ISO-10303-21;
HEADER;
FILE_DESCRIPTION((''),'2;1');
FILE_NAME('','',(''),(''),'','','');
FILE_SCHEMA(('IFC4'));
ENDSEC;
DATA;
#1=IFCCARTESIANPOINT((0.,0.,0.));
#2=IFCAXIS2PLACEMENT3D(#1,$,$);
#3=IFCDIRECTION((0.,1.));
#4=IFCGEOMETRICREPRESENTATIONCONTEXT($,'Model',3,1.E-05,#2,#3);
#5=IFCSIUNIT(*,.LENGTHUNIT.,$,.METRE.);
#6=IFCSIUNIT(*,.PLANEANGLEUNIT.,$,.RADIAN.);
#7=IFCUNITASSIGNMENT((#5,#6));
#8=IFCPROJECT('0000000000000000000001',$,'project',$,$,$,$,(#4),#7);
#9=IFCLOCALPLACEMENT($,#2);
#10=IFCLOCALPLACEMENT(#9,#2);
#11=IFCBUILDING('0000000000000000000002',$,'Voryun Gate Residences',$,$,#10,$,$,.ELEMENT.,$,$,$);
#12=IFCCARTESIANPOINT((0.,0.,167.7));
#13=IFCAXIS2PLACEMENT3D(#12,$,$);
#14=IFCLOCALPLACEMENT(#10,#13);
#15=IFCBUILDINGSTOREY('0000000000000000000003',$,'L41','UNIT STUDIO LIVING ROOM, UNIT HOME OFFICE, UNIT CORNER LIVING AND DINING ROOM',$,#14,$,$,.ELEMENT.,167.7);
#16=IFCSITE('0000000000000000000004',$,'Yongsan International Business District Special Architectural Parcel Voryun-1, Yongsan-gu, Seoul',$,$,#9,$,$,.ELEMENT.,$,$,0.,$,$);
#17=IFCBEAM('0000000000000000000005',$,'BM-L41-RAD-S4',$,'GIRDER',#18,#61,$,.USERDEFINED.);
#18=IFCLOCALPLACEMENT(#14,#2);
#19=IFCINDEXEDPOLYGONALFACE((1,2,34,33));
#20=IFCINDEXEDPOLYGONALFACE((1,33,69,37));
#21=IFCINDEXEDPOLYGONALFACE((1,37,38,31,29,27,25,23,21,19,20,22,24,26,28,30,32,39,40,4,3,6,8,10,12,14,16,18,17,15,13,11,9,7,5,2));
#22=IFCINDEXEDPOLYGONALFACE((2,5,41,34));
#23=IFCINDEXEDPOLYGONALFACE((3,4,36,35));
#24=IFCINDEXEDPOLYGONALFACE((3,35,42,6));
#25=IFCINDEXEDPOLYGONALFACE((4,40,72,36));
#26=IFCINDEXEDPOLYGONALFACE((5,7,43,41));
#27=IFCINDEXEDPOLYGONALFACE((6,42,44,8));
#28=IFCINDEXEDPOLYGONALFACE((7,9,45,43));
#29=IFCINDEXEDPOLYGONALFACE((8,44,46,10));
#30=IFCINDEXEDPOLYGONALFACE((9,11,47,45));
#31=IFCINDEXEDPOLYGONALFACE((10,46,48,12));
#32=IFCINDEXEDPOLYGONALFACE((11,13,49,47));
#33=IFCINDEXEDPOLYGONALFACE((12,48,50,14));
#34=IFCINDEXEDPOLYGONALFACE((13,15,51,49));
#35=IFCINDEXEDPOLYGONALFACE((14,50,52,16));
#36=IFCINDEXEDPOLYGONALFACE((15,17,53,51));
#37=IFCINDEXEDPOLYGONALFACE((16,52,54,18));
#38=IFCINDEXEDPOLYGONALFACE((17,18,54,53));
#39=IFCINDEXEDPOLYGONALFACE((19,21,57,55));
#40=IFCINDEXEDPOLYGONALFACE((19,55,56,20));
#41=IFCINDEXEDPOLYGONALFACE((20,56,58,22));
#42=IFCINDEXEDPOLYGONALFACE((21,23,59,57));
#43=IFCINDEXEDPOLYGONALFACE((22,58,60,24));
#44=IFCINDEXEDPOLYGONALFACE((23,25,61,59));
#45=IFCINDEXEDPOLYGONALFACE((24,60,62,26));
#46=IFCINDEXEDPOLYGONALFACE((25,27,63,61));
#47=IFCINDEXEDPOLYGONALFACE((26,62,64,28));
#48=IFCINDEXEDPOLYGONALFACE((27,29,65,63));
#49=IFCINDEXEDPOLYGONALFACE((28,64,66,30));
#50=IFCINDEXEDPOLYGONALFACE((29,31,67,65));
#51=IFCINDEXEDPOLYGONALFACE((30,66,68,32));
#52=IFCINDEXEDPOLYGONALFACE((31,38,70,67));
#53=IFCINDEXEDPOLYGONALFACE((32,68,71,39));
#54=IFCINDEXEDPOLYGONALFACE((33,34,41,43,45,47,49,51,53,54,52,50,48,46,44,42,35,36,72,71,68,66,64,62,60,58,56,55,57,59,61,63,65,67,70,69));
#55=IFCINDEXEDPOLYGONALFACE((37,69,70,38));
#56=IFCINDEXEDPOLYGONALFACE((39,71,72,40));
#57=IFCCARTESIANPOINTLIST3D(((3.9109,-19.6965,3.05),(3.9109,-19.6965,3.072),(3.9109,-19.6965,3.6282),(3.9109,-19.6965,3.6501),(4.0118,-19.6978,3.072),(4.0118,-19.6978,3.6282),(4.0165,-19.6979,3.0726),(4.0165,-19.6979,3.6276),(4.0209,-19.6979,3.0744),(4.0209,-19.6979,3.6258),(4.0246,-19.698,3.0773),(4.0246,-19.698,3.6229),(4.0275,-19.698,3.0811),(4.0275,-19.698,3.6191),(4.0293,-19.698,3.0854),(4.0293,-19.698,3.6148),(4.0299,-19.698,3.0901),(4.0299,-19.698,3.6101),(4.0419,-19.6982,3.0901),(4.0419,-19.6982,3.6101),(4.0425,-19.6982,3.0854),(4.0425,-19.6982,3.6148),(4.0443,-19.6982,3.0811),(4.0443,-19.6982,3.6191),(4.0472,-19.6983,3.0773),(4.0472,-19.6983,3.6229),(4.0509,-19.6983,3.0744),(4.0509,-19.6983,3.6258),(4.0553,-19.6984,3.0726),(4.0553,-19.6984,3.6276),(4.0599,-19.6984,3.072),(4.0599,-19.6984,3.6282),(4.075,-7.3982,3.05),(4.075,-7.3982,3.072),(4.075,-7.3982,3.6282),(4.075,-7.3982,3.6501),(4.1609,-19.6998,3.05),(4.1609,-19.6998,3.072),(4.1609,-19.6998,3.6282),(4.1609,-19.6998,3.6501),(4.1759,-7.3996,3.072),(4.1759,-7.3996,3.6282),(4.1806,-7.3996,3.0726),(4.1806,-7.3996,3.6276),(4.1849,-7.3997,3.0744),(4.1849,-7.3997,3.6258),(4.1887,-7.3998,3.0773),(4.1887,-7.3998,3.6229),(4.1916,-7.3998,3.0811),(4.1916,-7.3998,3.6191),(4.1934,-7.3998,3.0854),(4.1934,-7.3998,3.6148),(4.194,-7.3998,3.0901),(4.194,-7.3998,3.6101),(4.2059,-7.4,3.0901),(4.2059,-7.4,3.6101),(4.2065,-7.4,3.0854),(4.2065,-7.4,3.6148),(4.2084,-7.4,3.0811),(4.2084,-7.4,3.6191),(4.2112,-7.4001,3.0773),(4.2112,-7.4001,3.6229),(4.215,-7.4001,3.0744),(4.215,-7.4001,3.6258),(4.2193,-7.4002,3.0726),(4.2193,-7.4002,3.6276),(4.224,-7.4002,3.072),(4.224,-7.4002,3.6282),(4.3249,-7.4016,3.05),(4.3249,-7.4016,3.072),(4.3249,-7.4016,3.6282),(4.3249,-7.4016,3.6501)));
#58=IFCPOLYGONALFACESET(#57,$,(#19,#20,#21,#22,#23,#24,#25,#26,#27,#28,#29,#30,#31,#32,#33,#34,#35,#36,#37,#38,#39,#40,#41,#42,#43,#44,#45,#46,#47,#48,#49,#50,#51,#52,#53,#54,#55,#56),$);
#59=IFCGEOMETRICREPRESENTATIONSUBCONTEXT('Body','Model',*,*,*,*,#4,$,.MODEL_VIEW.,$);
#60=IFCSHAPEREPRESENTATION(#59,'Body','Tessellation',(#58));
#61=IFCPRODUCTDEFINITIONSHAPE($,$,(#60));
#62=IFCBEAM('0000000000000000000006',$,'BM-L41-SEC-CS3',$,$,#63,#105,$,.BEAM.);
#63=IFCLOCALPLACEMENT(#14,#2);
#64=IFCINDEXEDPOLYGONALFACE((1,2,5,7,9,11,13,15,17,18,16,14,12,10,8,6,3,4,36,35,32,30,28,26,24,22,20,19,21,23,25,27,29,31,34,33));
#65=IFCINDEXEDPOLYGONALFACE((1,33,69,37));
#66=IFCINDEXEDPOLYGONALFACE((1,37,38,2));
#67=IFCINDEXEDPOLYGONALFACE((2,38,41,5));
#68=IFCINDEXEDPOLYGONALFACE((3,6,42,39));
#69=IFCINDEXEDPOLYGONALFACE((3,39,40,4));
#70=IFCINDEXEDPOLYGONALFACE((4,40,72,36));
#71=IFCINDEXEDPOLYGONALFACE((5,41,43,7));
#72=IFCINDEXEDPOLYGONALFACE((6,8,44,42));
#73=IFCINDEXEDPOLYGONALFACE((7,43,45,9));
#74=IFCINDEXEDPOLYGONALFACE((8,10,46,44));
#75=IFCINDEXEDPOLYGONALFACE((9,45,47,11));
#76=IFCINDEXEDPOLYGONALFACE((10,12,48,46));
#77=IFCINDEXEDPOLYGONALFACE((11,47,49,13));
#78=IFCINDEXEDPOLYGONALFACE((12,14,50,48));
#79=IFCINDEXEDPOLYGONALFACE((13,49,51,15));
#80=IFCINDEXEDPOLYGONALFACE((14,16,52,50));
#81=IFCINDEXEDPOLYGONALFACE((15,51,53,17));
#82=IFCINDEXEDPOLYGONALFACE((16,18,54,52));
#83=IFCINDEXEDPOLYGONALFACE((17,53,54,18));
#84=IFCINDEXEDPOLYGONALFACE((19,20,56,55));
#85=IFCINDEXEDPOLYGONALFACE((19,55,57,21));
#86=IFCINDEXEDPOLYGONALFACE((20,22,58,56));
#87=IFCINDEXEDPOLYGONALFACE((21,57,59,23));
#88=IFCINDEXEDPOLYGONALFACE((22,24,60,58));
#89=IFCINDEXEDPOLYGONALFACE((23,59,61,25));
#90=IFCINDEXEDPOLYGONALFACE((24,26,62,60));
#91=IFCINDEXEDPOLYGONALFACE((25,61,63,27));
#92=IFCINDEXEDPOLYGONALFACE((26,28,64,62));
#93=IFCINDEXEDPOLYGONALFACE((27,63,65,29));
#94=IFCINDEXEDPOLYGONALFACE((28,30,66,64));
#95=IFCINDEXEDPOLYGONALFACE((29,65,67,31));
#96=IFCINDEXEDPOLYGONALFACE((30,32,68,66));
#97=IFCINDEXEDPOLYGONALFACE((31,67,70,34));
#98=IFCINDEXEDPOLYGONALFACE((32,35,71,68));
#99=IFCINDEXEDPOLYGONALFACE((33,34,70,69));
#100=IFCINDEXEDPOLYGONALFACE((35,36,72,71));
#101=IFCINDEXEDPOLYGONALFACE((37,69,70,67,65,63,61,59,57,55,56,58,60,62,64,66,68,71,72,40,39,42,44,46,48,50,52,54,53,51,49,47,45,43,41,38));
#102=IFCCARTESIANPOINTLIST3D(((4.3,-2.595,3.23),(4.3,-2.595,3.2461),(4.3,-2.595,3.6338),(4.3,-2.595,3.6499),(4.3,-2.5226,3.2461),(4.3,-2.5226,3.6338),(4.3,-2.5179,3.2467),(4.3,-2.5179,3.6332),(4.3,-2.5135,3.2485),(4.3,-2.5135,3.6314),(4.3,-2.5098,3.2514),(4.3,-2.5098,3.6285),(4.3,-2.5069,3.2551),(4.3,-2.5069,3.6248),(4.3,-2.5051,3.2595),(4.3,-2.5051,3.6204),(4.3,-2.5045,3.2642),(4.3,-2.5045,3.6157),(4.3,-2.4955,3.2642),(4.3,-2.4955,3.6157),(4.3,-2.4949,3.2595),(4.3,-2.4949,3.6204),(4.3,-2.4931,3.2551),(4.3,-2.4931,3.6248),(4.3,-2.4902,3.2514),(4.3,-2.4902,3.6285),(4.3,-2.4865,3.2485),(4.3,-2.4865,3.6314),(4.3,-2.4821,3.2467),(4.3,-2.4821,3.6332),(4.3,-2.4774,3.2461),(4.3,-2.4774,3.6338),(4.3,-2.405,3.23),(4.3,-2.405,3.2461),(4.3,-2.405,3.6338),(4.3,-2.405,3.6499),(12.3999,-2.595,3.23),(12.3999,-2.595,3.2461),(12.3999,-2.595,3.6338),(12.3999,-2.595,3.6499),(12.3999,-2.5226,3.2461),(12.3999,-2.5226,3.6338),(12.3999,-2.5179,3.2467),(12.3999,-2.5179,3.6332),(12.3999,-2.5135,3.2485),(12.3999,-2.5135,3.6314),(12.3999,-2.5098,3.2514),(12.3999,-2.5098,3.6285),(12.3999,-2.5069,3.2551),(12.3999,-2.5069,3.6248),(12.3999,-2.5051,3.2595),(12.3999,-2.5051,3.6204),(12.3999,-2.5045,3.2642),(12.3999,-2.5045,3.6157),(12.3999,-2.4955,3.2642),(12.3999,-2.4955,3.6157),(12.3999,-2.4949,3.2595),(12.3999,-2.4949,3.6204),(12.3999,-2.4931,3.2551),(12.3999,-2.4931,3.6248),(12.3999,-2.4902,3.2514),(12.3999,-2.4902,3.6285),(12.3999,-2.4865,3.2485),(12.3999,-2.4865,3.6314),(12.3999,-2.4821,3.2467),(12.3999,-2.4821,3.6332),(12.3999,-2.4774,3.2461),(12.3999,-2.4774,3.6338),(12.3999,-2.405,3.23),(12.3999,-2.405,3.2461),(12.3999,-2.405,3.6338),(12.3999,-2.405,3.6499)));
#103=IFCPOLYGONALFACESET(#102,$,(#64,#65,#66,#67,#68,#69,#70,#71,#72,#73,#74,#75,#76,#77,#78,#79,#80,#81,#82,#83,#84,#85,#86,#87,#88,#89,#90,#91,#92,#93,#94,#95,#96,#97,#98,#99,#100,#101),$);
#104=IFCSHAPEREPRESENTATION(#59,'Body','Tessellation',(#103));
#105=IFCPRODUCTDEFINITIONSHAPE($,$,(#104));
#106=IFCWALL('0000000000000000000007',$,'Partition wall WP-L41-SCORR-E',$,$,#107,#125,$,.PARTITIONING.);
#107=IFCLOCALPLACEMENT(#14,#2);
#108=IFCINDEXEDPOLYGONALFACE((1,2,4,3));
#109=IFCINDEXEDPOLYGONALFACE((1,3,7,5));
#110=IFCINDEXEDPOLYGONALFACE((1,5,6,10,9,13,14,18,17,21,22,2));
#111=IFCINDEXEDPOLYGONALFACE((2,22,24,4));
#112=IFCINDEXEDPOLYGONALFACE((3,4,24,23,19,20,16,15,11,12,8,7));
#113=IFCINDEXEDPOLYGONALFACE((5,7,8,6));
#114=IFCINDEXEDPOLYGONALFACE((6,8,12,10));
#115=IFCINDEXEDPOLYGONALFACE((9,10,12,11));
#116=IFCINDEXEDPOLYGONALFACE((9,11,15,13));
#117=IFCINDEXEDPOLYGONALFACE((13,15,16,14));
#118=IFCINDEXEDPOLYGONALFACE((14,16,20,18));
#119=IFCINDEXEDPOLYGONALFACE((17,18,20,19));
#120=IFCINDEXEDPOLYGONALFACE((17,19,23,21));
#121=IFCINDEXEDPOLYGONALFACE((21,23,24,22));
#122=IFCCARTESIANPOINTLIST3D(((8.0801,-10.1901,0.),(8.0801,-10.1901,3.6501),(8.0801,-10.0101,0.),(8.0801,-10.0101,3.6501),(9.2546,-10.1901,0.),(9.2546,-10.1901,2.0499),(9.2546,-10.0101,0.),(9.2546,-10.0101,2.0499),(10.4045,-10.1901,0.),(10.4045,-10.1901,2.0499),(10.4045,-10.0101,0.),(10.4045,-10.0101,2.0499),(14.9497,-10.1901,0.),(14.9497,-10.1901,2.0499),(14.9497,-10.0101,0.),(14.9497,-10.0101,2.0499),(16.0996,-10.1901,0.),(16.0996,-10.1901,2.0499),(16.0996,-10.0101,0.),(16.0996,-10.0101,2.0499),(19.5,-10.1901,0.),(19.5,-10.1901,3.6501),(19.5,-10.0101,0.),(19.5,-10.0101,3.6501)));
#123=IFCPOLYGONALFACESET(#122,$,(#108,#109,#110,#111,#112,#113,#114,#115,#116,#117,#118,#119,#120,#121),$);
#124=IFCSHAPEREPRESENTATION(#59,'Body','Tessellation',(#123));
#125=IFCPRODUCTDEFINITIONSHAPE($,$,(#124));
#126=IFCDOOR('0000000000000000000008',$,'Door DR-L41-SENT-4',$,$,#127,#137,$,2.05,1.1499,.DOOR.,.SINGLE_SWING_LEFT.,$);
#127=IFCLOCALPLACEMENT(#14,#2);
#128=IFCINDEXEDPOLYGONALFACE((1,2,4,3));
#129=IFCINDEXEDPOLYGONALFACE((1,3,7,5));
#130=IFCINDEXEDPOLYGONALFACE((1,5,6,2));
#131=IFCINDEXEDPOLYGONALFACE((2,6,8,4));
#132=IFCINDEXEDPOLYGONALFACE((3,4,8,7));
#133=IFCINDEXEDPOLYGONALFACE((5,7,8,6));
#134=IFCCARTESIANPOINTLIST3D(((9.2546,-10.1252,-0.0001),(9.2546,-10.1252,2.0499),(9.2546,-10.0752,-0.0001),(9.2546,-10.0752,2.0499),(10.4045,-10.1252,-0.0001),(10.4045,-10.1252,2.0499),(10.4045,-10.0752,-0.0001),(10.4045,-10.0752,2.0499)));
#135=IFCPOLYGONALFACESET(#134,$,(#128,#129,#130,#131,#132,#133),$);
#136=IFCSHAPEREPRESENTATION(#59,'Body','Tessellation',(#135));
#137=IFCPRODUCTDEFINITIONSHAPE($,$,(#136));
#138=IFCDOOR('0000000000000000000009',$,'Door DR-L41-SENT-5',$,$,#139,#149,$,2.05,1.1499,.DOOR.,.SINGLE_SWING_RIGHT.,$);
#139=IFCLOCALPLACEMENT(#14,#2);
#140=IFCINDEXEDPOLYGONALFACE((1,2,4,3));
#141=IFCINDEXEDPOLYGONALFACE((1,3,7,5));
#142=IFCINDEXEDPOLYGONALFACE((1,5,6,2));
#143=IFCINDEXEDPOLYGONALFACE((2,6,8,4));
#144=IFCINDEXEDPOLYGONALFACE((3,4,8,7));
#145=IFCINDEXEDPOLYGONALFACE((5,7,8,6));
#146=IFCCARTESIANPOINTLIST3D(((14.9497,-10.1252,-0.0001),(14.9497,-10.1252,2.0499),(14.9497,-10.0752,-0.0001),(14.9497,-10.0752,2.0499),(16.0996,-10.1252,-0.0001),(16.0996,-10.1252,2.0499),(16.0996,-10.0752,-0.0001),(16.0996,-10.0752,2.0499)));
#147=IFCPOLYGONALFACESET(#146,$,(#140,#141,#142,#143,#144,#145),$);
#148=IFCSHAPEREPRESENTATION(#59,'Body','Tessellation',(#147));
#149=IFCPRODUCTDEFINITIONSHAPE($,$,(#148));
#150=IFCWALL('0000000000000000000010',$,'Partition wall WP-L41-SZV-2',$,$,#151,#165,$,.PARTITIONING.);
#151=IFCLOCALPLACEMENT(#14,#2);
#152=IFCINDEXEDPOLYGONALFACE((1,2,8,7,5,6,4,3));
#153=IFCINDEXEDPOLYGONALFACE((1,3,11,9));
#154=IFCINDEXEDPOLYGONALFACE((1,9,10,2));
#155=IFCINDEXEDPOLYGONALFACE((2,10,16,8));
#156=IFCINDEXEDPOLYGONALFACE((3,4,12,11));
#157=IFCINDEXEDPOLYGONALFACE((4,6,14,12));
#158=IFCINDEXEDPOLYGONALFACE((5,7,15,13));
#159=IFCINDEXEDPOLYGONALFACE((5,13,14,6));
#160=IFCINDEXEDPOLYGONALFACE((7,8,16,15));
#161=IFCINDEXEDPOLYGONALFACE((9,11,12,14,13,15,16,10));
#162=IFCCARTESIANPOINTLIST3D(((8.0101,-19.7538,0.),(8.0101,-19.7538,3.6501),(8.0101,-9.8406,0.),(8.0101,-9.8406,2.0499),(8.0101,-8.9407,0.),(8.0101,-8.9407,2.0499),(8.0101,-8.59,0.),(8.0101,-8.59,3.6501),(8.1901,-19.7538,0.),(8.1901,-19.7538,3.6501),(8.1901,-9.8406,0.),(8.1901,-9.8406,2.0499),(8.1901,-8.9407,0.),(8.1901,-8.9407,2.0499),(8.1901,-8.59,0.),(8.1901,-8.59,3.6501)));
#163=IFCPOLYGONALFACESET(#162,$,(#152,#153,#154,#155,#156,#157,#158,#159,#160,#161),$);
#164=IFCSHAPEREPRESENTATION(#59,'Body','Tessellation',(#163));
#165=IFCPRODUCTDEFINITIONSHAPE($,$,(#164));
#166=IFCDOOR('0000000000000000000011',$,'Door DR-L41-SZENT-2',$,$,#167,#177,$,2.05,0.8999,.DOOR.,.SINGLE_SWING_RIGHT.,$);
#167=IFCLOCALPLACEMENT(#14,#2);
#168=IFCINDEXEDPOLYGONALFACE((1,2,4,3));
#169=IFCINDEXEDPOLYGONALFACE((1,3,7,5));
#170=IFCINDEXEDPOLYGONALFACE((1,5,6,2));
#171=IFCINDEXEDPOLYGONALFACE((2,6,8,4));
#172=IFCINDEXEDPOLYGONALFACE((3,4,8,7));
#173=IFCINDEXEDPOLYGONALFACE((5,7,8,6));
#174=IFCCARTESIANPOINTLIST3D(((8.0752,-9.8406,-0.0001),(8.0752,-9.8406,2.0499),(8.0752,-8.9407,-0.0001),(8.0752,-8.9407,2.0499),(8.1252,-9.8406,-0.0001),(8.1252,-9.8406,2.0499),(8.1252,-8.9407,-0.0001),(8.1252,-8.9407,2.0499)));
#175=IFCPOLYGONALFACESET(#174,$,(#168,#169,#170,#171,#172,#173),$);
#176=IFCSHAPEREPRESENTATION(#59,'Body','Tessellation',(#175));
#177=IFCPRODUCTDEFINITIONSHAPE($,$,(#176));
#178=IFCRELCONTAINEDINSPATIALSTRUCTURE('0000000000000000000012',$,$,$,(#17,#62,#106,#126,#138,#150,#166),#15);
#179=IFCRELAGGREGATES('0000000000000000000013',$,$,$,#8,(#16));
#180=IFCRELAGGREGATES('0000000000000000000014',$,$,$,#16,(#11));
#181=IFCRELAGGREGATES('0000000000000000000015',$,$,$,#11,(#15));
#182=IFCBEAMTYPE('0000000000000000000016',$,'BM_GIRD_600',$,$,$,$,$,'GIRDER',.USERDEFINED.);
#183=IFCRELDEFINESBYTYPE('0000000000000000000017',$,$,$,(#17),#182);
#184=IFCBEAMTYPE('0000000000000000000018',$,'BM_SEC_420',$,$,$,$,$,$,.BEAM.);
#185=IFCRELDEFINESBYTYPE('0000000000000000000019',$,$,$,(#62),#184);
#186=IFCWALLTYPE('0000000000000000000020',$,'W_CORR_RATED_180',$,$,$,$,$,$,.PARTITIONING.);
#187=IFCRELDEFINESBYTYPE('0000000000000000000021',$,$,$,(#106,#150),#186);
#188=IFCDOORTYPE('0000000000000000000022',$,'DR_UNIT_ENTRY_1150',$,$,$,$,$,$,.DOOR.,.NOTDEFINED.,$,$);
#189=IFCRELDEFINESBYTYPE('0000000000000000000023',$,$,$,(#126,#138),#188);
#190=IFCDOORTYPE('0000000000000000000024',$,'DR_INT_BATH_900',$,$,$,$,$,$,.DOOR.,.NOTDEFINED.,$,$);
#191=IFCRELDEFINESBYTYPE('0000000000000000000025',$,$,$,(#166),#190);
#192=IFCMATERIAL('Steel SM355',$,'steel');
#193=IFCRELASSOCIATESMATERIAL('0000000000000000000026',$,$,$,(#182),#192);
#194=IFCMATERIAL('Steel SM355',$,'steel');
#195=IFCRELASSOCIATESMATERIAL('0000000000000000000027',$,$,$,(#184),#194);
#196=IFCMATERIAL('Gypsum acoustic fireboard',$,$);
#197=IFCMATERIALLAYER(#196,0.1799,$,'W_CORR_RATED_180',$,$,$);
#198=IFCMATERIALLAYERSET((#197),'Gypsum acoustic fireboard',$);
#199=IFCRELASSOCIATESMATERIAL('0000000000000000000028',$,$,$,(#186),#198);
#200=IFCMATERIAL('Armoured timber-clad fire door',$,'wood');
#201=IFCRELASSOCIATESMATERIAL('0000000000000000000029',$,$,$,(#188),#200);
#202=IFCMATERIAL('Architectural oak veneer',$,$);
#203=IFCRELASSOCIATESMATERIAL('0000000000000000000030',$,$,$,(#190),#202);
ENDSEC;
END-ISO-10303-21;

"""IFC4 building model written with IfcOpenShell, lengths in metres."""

from ifc_helpers import new_model, si_unit, direction, frame, frame_2d, origin, origin_2d, place, context, subcontext, project, spatial, rectangle, i_section, extrude, material, layer, layer_set, material_profile, profile_set, type_object, element, fill, save


model = new_model("IFC4")

# Units and contexts
model_context = context("Model", 3, precision=1e-05, world=origin(), true_north=direction((0.0, 1.0)))
body_context = subcontext(model_context, "Body", "Model", "MODEL_VIEW")
ifc_project = project(units=[si_unit("LENGTHUNIT", "METRE"), si_unit("PLANEANGLEUNIT", "RADIAN")], contexts=[model_context])

# Site, building, storey
site_placement = place(None, origin())
site = spatial("IfcSite", under=ifc_project, at=site_placement, Name="Yongsan International Business District Special Architectural Parcel Voryun-1, Yongsan-gu, Seoul", CompositionType="ELEMENT", RefElevation=0.0)
building_placement = place(site_placement, origin())
building = spatial("IfcBuilding", under=site, at=building_placement, Name="Voryun Gate Residences", CompositionType="ELEMENT")
storey_placement = place(building_placement, frame((0.0, 0.0, 167.7)))
storey = spatial("IfcBuildingStorey", under=building, at=storey_placement, Name="L41", Description="UNIT STUDIO LIVING ROOM, UNIT HOME OFFICE, UNIT CORNER LIVING AND DINING ROOM", CompositionType="ELEMENT", Elevation=167.7)

# Beams
ifc_material_1 = material(Name="Steel SM355", Category="steel")
ifc_material_profile_1 = material_profile(ifc_material_1, i_section(OverallWidth=0.25, OverallDepth=0.6001, WebThickness=0.012, FlangeThickness=0.022, FilletRadius=0.0181, at=origin_2d()), Name="H-600x250x12x22")
ifc_profile_set_1 = profile_set([ifc_material_profile_1], Name="Steel SM355")
beam_type_1 = type_object("IfcBeamType", Name="BM_GIRD_600", ElementType="GIRDER", PredefinedType="USERDEFINED", material=ifc_profile_set_1)
beam_1_placement = place(storey_placement, frame((4.2, -7.3999, 3.3501), z_axis=(-0.013339, -0.999911, 0.0), x_axis=(0.999911, -0.013339, 0.0)))
element("IfcBeam", 1, at=beam_1_placement, inside=storey, type_object=beam_type_1, Name="BM-L41-RAD-S4", ObjectType="GIRDER", PredefinedType="USERDEFINED", context=body_context, shape_type="SweptSolid", body=[
    extrude(i_section(OverallWidth=0.25, OverallDepth=0.6001, WebThickness=0.012, FlangeThickness=0.022, FilletRadius=0.0181, at=origin_2d()), origin(), (0.0, 0.0, 1.0), 12.2993),
])
ifc_material_2 = material(Name="Steel SM355", Category="steel")
ifc_material_profile_2 = material_profile(ifc_material_2, i_section(OverallWidth=0.1899, OverallDepth=0.4199, WebThickness=0.009, FlangeThickness=0.0161, FilletRadius=0.0181, at=origin_2d()), Name="H-420x190x9x16")
ifc_profile_set_2 = profile_set([ifc_material_profile_2], Name="Steel SM355")
beam_type_2 = type_object("IfcBeamType", Name="BM_SEC_420", PredefinedType="BEAM", material=ifc_profile_set_2)
beam_2_placement = place(storey_placement, frame((4.3, -2.5, 3.4399), z_axis=(1.0, 0.0, 0.0), x_axis=(0.0, 1.0, 0.0)))
element("IfcBeam", 2, at=beam_2_placement, inside=storey, type_object=beam_type_2, Name="BM-L41-SEC-CS3", PredefinedType="BEAM", context=body_context, shape_type="SweptSolid", body=[
    extrude(i_section(OverallWidth=0.1899, OverallDepth=0.4199, WebThickness=0.009, FlangeThickness=0.0161, FilletRadius=0.0181, at=origin_2d()), origin(), (0.0, 0.0, 1.0), 8.0999),
])

# Wall, openings, doors
ifc_material_3 = material(Name="Gypsum acoustic fireboard")
ifc_layer_1 = layer(ifc_material_3, 0.1799, Name="W_CORR_RATED_180")
ifc_layer_set_1 = layer_set([ifc_layer_1], Name="Gypsum acoustic fireboard")
wall_type_1 = type_object("IfcWallType", Name="W_CORR_RATED_180", PredefinedType="PARTITIONING", material=ifc_layer_set_1)
wall_1_placement = place(storey_placement, frame((8.0801, -10.1001, 0.0), z_axis=(0.0, 0.0, 1.0), x_axis=(1.0, 0.0, 0.0)))
wall_1 = element("IfcWall", 3, at=wall_1_placement, inside=storey, type_object=wall_type_1, Name="Partition wall WP-L41-SCORR-E", PredefinedType="PARTITIONING", context=body_context, shape_type="SweptSolid", body=[
    extrude(rectangle(XDim=11.4199, YDim=0.1799, at=frame_2d((5.71, 0.0))), origin(), (0.0, 0.0, 1.0), 3.6501),
])
opening_1_placement = place(wall_1_placement, frame((1.1746, 0.0, 0.0)))
opening_1 = element("IfcOpeningElement", 4, at=opening_1_placement, cuts=wall_1, PredefinedType="OPENING", context=body_context, shape_type="SweptSolid", body=[
    extrude(rectangle(XDim=1.1499, YDim=2.05, at=frame_2d((0.575, 1.0249))), frame((0.0, 0.0999, 0.0), z_axis=(0.0, -1.0, 0.0), x_axis=(1.0, 0.0, 0.0)), (0.0, 0.0, 1.0), 0.2),
])
opening_2_placement = place(wall_1_placement, frame((6.8696, 0.0, 0.0)))
opening_2 = element("IfcOpeningElement", 5, at=opening_2_placement, cuts=wall_1, PredefinedType="OPENING", context=body_context, shape_type="SweptSolid", body=[
    extrude(rectangle(XDim=1.1499, YDim=2.05, at=frame_2d((0.575, 1.0249))), frame((0.0, 0.0999, 0.0), z_axis=(0.0, -1.0, 0.0), x_axis=(1.0, 0.0, 0.0)), (0.0, 0.0, 1.0), 0.2),
])
ifc_material_4 = material(Name="Armoured timber-clad fire door", Category="wood")
door_type_1 = type_object("IfcDoorType", Name="DR_UNIT_ENTRY_1150", OperationType="NOTDEFINED", PredefinedType="DOOR", material=ifc_material_4)
door_1_placement = place(opening_1_placement, origin())
door_1 = element("IfcDoor", 6, at=door_1_placement, inside=storey, type_object=door_type_1, Name="Door DR-L41-SENT-4", OperationType="SINGLE_SWING_LEFT", OverallHeight=2.05, OverallWidth=1.1499, PredefinedType="DOOR", context=body_context, shape_type="SweptSolid", body=[
    extrude(rectangle(XDim=1.1499, YDim=2.05, at=frame_2d((0.575, 1.0249))), frame((0.0, 0.0249, 0.0), z_axis=(0.0, -1.0, 0.0), x_axis=(1.0, 0.0, 0.0)), (0.0, 0.0, 1.0), 0.05),
])
fill(opening_1, door_1)
door_2_placement = place(opening_2_placement, origin())
door_2 = element("IfcDoor", 7, at=door_2_placement, inside=storey, type_object=door_type_1, Name="Door DR-L41-SENT-5", OperationType="SINGLE_SWING_RIGHT", OverallHeight=2.05, OverallWidth=1.1499, PredefinedType="DOOR", context=body_context, shape_type="SweptSolid", body=[
    extrude(rectangle(XDim=1.1499, YDim=2.05, at=frame_2d((0.575, 1.0249))), frame((0.0, 0.0249, 0.0), z_axis=(0.0, -1.0, 0.0), x_axis=(1.0, 0.0, 0.0)), (0.0, 0.0, 1.0), 0.05),
])
fill(opening_2, door_2)

# Wall, opening, door
wall_2_placement = place(storey_placement, frame((8.1001, -19.7539, 0.0), z_axis=(0.0, 0.0, 1.0), x_axis=(0.0, 1.0, 0.0)))
wall_2 = element("IfcWall", 8, at=wall_2_placement, inside=storey, type_object=wall_type_1, Name="Partition wall WP-L41-SZV-2", PredefinedType="PARTITIONING", context=body_context, shape_type="SweptSolid", body=[
    extrude(rectangle(XDim=11.1638, YDim=0.1799, at=frame_2d((5.582, 0.0))), origin(), (0.0, 0.0, 1.0), 3.6501),
])
opening_3_placement = place(wall_2_placement, frame((9.9133, 0.0, 0.0)))
opening_3 = element("IfcOpeningElement", 9, at=opening_3_placement, cuts=wall_2, PredefinedType="OPENING", context=body_context, shape_type="SweptSolid", body=[
    extrude(rectangle(XDim=0.8999, YDim=2.05, at=frame_2d((0.45, 1.0249))), frame((0.0, 0.0999, 0.0), z_axis=(0.0, -1.0, 0.0), x_axis=(1.0, 0.0, 0.0)), (0.0, 0.0, 1.0), 0.2),
])
ifc_material_5 = material(Name="Architectural oak veneer")
door_type_2 = type_object("IfcDoorType", Name="DR_INT_BATH_900", OperationType="NOTDEFINED", PredefinedType="DOOR", material=ifc_material_5)
door_3_placement = place(opening_3_placement, origin())
door_3 = element("IfcDoor", 10, at=door_3_placement, inside=storey, type_object=door_type_2, Name="Door DR-L41-SZENT-2", OperationType="SINGLE_SWING_RIGHT", OverallHeight=2.05, OverallWidth=0.8999, PredefinedType="DOOR", context=body_context, shape_type="SweptSolid", body=[
    extrude(rectangle(XDim=0.8999, YDim=2.05, at=frame_2d((0.45, 1.0249))), frame((0.0, 0.0249, 0.0), z_axis=(0.0, -1.0, 0.0), x_axis=(1.0, 0.0, 0.0)), (0.0, 0.0, 1.0), 0.05),
])
fill(opening_3, door_3)

save(model, "model.ifc")
